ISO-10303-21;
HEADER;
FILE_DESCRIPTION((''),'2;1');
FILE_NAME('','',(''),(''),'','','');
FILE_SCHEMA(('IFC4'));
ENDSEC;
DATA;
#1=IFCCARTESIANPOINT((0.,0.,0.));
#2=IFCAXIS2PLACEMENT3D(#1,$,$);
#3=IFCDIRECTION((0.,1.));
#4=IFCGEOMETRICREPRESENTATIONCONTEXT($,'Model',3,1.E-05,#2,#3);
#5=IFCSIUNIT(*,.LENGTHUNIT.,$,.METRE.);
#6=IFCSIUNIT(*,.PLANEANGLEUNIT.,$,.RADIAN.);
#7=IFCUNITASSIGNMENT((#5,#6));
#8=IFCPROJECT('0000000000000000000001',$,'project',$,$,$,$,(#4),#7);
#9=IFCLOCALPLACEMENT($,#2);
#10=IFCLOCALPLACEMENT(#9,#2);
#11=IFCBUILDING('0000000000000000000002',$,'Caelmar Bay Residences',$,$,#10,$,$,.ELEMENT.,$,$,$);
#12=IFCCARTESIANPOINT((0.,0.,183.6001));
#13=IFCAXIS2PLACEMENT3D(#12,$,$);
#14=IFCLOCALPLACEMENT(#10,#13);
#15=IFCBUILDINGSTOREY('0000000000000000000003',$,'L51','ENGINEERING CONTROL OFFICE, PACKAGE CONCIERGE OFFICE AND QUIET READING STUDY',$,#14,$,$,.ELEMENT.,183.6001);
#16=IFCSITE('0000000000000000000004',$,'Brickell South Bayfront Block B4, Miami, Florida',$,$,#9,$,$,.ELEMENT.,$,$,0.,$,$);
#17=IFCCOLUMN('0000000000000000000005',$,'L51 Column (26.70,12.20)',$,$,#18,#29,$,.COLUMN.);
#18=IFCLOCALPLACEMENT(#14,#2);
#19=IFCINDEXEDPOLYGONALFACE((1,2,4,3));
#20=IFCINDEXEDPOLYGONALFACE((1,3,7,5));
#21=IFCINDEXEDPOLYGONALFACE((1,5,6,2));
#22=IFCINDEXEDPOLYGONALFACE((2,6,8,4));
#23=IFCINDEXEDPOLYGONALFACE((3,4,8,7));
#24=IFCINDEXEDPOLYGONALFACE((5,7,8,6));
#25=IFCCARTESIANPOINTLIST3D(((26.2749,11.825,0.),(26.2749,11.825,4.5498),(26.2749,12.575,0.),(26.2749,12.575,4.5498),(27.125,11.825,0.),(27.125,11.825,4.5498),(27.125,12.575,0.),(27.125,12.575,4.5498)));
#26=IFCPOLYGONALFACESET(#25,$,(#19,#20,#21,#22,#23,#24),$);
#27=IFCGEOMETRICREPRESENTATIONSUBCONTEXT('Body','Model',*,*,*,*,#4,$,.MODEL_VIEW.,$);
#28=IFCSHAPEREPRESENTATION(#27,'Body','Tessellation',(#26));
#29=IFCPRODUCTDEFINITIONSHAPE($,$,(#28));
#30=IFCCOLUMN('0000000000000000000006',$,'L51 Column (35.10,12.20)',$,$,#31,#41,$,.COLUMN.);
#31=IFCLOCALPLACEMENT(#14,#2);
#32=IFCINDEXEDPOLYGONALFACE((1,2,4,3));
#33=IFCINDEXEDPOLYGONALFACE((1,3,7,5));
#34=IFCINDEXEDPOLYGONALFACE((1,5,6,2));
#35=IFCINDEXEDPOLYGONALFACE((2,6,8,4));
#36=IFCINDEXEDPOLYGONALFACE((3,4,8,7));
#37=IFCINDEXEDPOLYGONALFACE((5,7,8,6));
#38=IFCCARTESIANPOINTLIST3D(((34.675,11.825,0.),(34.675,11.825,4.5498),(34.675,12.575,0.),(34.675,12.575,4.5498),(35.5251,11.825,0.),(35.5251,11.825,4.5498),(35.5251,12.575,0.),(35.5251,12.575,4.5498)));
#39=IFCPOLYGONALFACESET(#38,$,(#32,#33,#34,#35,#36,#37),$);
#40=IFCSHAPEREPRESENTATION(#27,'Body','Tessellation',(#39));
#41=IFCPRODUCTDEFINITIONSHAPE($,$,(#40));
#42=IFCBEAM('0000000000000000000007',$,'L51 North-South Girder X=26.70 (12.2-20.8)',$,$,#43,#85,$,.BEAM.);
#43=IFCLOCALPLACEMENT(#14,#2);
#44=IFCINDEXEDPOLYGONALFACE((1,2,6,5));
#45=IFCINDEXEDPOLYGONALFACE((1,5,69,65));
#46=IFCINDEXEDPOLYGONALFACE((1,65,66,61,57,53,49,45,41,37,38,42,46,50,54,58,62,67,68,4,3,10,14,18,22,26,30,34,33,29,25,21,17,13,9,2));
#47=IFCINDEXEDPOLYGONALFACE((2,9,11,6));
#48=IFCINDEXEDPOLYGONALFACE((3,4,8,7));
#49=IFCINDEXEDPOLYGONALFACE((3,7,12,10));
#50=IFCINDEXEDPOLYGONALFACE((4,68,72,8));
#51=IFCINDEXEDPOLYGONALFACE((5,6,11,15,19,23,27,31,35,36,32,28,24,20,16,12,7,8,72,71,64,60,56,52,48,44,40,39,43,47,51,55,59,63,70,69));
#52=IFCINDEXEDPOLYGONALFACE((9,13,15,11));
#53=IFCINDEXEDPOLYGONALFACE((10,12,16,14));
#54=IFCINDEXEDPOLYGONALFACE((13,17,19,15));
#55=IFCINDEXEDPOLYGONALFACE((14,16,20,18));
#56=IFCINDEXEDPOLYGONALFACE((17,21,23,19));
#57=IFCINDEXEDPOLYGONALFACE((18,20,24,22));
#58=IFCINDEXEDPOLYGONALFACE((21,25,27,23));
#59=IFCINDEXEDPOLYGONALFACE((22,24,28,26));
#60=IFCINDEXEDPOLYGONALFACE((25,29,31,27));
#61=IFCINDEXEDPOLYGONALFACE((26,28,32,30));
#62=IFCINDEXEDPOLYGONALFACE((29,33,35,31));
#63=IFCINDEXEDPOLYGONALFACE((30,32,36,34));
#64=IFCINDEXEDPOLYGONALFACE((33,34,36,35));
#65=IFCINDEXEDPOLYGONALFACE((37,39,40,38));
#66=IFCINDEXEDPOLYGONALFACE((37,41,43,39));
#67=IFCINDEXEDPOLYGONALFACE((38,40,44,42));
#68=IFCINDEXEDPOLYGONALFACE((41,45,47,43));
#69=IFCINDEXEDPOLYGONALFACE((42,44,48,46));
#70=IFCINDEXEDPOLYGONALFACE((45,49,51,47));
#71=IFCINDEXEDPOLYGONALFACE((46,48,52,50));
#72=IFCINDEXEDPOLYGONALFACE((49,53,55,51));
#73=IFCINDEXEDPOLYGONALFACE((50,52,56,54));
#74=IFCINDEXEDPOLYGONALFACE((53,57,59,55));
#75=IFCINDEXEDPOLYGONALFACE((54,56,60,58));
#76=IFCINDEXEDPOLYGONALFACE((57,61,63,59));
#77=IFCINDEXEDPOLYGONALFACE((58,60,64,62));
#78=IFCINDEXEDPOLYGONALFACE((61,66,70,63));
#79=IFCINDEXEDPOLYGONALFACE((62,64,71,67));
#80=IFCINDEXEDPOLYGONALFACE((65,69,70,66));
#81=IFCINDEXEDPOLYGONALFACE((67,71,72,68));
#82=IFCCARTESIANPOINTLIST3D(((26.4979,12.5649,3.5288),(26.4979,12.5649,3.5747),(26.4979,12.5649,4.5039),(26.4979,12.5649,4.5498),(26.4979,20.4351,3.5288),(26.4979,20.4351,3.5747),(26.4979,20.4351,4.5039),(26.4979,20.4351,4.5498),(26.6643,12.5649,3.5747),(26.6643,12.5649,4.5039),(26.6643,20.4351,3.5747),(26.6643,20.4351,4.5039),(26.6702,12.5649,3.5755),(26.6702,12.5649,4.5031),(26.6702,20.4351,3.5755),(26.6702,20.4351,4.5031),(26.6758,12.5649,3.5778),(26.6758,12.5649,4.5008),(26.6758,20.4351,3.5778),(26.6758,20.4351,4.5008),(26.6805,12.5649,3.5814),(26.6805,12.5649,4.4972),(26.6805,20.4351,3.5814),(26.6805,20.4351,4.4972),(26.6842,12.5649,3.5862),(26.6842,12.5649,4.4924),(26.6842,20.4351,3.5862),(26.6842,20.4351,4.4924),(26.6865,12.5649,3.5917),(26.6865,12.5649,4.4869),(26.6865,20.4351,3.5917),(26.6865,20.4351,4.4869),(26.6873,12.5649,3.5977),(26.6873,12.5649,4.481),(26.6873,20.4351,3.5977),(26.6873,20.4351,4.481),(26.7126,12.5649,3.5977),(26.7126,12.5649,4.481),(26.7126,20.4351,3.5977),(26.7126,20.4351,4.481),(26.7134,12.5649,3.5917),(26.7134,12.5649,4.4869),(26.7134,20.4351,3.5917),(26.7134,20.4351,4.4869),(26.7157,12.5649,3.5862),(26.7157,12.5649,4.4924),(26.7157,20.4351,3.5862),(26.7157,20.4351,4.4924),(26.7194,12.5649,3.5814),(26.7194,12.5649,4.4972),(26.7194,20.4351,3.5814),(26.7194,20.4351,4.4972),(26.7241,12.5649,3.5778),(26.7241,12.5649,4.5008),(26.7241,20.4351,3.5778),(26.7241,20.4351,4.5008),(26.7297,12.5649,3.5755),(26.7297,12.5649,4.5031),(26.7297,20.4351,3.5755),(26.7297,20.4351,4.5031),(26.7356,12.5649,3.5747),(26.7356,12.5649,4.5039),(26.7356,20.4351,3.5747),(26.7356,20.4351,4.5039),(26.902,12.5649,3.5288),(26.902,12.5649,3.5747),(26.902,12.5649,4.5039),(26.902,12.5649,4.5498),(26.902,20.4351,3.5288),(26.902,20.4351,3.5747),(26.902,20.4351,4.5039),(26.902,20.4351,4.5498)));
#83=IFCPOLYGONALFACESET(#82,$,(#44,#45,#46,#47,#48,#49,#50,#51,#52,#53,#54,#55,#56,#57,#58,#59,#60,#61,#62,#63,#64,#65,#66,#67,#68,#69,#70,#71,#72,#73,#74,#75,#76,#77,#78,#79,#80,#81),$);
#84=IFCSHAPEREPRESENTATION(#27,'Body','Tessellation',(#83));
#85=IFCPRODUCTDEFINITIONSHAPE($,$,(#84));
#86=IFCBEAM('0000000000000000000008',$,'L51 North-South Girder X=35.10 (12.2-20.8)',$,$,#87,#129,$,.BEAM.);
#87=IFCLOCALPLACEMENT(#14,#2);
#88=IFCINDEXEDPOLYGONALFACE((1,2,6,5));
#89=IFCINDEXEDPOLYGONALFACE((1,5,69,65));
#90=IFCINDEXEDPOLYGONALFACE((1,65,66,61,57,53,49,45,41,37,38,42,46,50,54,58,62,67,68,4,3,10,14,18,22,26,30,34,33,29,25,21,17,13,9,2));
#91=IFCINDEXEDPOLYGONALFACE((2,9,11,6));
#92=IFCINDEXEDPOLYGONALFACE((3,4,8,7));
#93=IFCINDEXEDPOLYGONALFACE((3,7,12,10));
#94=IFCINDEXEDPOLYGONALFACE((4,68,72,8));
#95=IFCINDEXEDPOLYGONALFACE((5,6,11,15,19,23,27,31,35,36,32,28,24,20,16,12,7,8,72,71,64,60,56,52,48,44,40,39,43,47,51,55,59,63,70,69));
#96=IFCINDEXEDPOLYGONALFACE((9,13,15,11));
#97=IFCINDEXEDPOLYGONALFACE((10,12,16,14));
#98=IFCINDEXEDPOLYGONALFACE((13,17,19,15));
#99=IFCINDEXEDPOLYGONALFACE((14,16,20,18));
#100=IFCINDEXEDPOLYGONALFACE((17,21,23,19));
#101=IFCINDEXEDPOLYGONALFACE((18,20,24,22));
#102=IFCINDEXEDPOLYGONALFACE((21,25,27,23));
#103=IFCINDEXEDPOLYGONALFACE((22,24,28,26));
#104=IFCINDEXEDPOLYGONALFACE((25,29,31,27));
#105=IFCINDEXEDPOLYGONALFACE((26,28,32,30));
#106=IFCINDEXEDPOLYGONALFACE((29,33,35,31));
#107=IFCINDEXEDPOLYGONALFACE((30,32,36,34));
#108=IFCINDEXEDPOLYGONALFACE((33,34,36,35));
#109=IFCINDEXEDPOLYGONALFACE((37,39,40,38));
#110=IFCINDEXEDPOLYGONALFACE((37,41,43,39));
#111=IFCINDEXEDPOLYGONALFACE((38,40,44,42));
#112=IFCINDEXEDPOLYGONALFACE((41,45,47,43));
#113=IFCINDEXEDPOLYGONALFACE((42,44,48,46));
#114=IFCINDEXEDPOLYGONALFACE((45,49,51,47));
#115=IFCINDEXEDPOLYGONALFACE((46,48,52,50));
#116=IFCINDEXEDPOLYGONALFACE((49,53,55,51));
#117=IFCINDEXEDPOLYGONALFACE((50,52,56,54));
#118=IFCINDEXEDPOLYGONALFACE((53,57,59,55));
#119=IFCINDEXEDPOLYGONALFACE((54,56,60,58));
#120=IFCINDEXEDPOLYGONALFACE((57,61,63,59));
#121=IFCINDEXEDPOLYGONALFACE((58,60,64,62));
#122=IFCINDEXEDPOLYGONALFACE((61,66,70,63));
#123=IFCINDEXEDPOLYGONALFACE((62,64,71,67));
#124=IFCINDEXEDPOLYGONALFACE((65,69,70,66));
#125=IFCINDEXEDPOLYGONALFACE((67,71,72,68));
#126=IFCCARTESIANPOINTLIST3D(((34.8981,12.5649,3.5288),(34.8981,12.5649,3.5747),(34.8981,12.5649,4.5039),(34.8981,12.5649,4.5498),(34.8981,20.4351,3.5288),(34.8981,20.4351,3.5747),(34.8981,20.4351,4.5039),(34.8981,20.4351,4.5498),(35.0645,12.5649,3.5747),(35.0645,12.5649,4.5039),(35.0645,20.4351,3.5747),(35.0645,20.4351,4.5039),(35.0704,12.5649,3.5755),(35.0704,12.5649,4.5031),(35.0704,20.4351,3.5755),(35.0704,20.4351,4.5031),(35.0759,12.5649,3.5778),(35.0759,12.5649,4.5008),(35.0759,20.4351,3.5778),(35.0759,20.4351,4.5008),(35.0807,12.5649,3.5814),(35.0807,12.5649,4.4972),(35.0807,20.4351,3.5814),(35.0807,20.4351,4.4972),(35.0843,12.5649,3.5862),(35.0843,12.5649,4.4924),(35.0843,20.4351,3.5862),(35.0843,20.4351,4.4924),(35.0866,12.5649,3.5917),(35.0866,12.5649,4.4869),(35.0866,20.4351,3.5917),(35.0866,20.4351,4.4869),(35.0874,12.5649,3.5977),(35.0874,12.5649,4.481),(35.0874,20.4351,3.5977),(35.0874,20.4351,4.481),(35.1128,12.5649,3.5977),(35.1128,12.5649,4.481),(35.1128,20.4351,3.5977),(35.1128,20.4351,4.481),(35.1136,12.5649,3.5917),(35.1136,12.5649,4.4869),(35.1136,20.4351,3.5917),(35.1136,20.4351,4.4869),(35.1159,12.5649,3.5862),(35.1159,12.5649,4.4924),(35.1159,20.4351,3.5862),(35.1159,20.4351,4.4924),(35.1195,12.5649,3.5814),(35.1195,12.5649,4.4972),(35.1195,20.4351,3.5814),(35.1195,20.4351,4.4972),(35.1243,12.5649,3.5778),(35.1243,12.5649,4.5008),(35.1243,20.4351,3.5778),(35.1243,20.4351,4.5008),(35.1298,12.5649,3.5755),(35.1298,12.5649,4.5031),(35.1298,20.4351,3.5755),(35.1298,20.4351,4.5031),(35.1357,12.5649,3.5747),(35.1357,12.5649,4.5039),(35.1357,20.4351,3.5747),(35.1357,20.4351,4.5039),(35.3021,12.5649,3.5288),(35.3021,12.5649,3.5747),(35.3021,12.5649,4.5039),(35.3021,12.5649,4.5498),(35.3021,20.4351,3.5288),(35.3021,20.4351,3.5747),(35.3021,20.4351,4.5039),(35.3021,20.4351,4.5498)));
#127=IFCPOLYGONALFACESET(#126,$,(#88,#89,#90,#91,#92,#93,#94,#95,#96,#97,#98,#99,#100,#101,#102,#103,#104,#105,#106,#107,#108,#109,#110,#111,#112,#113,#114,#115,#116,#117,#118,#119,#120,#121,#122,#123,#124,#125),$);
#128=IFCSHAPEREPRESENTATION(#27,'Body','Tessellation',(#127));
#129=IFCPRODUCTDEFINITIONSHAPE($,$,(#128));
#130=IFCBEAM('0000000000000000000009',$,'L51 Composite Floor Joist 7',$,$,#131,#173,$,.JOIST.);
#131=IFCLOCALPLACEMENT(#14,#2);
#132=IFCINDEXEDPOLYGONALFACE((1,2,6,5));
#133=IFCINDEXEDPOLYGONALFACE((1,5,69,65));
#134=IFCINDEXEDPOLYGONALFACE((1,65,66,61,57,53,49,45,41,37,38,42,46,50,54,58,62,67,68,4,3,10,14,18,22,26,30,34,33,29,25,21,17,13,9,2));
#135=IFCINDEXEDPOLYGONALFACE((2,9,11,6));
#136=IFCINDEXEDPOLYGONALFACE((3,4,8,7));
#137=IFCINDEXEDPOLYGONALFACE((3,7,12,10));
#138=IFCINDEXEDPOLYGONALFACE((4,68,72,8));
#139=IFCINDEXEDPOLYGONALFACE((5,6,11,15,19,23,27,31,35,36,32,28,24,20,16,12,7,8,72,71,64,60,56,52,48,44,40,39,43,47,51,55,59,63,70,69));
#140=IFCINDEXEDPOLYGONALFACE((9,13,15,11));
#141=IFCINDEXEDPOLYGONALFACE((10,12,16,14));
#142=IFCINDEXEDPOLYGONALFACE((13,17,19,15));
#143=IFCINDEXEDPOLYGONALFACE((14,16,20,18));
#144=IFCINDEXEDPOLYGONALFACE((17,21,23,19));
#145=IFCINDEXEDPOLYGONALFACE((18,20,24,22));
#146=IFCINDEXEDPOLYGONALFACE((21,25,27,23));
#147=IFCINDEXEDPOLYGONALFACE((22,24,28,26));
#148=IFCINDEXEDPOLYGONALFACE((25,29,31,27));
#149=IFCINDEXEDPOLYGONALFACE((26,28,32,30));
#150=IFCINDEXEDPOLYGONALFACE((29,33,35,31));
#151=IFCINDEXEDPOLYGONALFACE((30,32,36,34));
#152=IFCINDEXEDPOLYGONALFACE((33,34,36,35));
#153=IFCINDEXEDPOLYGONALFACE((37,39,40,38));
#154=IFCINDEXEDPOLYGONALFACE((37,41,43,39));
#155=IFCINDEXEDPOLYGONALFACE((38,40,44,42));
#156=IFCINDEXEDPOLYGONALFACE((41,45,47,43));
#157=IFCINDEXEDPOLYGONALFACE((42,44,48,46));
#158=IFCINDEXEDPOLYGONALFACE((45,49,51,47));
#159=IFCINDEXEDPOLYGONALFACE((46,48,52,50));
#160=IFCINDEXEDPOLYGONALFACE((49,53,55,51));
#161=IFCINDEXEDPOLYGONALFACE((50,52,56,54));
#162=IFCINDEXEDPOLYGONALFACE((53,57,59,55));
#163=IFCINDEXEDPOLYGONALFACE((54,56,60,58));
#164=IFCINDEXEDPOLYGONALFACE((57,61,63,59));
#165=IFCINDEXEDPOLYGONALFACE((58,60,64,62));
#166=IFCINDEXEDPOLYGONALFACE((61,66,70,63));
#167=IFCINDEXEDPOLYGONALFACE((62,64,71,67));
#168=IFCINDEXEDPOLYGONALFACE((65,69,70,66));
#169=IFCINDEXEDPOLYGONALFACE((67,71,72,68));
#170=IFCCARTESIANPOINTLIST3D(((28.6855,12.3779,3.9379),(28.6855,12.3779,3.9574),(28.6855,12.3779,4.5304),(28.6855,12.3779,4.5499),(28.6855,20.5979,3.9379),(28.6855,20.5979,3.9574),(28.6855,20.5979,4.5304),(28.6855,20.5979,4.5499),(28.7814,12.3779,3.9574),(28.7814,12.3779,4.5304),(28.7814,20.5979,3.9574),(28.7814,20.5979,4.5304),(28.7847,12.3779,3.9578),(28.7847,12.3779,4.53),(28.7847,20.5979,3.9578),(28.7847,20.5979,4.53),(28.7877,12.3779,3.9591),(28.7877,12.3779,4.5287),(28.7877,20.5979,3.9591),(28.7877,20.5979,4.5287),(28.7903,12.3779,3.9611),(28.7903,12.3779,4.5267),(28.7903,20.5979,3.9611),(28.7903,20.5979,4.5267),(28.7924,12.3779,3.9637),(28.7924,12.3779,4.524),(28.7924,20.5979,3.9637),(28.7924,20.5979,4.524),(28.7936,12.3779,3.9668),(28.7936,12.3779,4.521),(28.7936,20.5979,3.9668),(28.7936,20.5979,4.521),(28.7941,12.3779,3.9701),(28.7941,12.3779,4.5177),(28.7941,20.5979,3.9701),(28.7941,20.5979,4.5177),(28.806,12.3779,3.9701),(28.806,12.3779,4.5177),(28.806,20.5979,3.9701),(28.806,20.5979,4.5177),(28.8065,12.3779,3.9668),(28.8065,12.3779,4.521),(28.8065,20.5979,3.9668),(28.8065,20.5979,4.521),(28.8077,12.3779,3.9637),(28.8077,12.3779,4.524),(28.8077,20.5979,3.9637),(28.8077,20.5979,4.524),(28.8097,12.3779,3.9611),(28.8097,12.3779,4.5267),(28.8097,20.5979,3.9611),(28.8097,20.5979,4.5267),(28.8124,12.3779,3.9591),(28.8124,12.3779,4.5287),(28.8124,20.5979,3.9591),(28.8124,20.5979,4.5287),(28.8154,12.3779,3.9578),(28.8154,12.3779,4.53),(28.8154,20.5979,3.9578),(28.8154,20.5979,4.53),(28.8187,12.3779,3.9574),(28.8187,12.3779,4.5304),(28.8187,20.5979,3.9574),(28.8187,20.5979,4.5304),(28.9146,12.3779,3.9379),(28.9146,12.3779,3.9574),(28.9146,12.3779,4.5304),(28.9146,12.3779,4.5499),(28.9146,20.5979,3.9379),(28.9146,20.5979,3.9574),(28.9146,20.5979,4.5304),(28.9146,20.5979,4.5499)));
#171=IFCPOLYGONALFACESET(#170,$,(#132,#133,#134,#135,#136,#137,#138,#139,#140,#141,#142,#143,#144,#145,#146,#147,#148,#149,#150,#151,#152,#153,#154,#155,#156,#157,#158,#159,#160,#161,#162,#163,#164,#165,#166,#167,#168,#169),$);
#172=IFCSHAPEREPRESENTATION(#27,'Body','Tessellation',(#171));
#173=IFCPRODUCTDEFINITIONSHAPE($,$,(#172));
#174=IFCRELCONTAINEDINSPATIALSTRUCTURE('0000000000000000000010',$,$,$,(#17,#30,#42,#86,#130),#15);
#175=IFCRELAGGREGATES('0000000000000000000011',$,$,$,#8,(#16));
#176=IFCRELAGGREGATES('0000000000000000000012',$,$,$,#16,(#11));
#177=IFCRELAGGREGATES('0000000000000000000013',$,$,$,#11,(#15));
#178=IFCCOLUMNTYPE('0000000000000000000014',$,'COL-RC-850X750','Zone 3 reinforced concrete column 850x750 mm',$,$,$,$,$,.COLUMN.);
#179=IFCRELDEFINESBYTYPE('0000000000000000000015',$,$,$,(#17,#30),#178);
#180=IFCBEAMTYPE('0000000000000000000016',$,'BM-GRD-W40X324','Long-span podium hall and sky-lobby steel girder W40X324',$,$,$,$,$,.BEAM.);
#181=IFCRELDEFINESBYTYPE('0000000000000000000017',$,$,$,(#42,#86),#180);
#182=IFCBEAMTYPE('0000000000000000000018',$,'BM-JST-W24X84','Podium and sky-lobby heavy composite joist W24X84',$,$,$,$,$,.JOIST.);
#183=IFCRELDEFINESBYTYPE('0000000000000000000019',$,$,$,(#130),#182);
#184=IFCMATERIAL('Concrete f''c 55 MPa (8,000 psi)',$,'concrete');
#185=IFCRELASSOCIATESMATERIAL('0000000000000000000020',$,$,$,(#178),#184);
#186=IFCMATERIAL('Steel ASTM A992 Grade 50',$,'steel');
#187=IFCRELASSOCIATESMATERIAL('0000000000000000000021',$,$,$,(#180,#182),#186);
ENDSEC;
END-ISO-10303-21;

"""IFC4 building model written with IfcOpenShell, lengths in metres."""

from ifc_helpers import new_model, si_unit, direction, frame, origin, origin_2d, place, context, subcontext, project, spatial, rectangle, i_section, extrude, material, material_profile, profile_set, type_object, element, save


model = new_model("IFC4")

# Units and contexts
model_context = context("Model", 3, precision=1e-05, world=origin(), true_north=direction((0.0, 1.0)))
body_context = subcontext(model_context, "Body", "Model", "MODEL_VIEW")
ifc_project = project(units=[si_unit("LENGTHUNIT", "METRE"), si_unit("PLANEANGLEUNIT", "RADIAN")], contexts=[model_context])

# Site, building, storey
site_placement = place(None, origin())
site = spatial("IfcSite", under=ifc_project, at=site_placement, Name="Brickell South Bayfront Block B4, Miami, Florida", CompositionType="ELEMENT", RefElevation=0.0)
building_placement = place(site_placement, origin())
building = spatial("IfcBuilding", under=site, at=building_placement, Name="Caelmar Bay Residences", CompositionType="ELEMENT")
storey_placement = place(building_placement, frame((0.0, 0.0, 183.6001)))
storey = spatial("IfcBuildingStorey", under=building, at=storey_placement, Name="L51", Description="ENGINEERING CONTROL OFFICE, PACKAGE CONCIERGE OFFICE AND QUIET READING STUDY", CompositionType="ELEMENT", Elevation=183.6001)

# Columns
ifc_material_1 = material(Name="Concrete f'c 55 MPa (8,000 psi)", Category="concrete")
ifc_material_profile_1 = material_profile(ifc_material_1, rectangle(XDim=0.8501, YDim=0.75, at=origin_2d()), Name="RC-COL-850X750")
ifc_profile_set_1 = profile_set([ifc_material_profile_1], Name="Concrete f'c 55 MPa (8,000 psi)")
column_type = type_object("IfcColumnType", Name="COL-RC-850X750", Description="Zone 3 reinforced concrete column 850x750 mm", PredefinedType="COLUMN", material=ifc_profile_set_1)
for number, where, z_axis, x_axis, name in (
    (1, (26.7, 12.2, 0.0), (0.0, 0.0, 1.0), (1.0, 0.0, 0.0), "L51 Column (26.70,12.20)"),
    (2, (35.1001, 12.2, 0.0), (0.0, 0.0, 1.0), (1.0, 0.0, 0.0), "L51 Column (35.10,12.20)"),
):
    element("IfcColumn", number, at=place(storey_placement, frame(where, z_axis=z_axis, x_axis=x_axis)), inside=storey, type_object=column_type, Name=name, PredefinedType="COLUMN", context=body_context, shape_type="SweptSolid", body=[
        extrude(rectangle(XDim=0.8501, YDim=0.75, at=origin_2d()), origin(), (0.0, 0.0, 1.0), 4.5498),
    ])

# Beams
ifc_material_2 = material(Name="Steel ASTM A992 Grade 50", Category="steel")
ifc_material_profile_2 = material_profile(ifc_material_2, i_section(OverallWidth=0.4041, OverallDepth=1.021, WebThickness=0.0254, FlangeThickness=0.0459, FilletRadius=0.0229, at=origin_2d()), Name="W40X324")
ifc_profile_set_2 = profile_set([ifc_material_profile_2], Name="Steel ASTM A992 Grade 50")
beam_type_1 = type_object("IfcBeamType", Name="BM-GRD-W40X324", Description="Long-span podium hall and sky-lobby steel girder W40X324", PredefinedType="BEAM", material=ifc_profile_set_2)
for number, where, z_axis, x_axis, name in (
    (3, (26.7, 12.5649, 4.0393), (0.0, 1.0, 0.0), (-1.0, 0.0, 0.0), "L51 North-South Girder X=26.70 (12.2-20.8)"),
    (4, (35.1001, 12.5649, 4.0393), (0.0, 1.0, 0.0), (-1.0, 0.0, 0.0), "L51 North-South Girder X=35.10 (12.2-20.8)"),
):
    element("IfcBeam", number, at=place(storey_placement, frame(where, z_axis=z_axis, x_axis=x_axis)), inside=storey, type_object=beam_type_1, Name=name, PredefinedType="BEAM", context=body_context, shape_type="SweptSolid", body=[
        extrude(i_section(OverallWidth=0.4041, OverallDepth=1.021, WebThickness=0.0254, FlangeThickness=0.0459, FilletRadius=0.0229, at=origin_2d()), origin(), (0.0, 0.0, 1.0), 7.8701),
    ])
ifc_material_profile_3 = material_profile(ifc_material_2, i_section(OverallWidth=0.229, OverallDepth=0.6121, WebThickness=0.012, FlangeThickness=0.0195, FilletRadius=0.0127, at=origin_2d()), Name="W24X84")
ifc_profile_set_3 = profile_set([ifc_material_profile_3], Name="Steel ASTM A992 Grade 50")
beam_type_2 = type_object("IfcBeamType", Name="BM-JST-W24X84", Description="Podium and sky-lobby heavy composite joist W24X84", PredefinedType="JOIST", material=ifc_profile_set_3)
for number, where, z_axis, x_axis, name in (
    (5, (28.8, 12.3779, 4.2439), (0.0, 1.0, 0.0), (-1.0, 0.0, 0.0), "L51 Composite Floor Joist 7"),
):
    element("IfcBeam", number, at=place(storey_placement, frame(where, z_axis=z_axis, x_axis=x_axis)), inside=storey, type_object=beam_type_2, Name=name, PredefinedType="JOIST", context=body_context, shape_type="SweptSolid", body=[
        extrude(i_section(OverallWidth=0.229, OverallDepth=0.6121, WebThickness=0.012, FlangeThickness=0.0195, FilletRadius=0.0127, at=origin_2d()), origin(), (0.0, 0.0, 1.0), 8.22),
    ])

save(model, "model.ifc")
